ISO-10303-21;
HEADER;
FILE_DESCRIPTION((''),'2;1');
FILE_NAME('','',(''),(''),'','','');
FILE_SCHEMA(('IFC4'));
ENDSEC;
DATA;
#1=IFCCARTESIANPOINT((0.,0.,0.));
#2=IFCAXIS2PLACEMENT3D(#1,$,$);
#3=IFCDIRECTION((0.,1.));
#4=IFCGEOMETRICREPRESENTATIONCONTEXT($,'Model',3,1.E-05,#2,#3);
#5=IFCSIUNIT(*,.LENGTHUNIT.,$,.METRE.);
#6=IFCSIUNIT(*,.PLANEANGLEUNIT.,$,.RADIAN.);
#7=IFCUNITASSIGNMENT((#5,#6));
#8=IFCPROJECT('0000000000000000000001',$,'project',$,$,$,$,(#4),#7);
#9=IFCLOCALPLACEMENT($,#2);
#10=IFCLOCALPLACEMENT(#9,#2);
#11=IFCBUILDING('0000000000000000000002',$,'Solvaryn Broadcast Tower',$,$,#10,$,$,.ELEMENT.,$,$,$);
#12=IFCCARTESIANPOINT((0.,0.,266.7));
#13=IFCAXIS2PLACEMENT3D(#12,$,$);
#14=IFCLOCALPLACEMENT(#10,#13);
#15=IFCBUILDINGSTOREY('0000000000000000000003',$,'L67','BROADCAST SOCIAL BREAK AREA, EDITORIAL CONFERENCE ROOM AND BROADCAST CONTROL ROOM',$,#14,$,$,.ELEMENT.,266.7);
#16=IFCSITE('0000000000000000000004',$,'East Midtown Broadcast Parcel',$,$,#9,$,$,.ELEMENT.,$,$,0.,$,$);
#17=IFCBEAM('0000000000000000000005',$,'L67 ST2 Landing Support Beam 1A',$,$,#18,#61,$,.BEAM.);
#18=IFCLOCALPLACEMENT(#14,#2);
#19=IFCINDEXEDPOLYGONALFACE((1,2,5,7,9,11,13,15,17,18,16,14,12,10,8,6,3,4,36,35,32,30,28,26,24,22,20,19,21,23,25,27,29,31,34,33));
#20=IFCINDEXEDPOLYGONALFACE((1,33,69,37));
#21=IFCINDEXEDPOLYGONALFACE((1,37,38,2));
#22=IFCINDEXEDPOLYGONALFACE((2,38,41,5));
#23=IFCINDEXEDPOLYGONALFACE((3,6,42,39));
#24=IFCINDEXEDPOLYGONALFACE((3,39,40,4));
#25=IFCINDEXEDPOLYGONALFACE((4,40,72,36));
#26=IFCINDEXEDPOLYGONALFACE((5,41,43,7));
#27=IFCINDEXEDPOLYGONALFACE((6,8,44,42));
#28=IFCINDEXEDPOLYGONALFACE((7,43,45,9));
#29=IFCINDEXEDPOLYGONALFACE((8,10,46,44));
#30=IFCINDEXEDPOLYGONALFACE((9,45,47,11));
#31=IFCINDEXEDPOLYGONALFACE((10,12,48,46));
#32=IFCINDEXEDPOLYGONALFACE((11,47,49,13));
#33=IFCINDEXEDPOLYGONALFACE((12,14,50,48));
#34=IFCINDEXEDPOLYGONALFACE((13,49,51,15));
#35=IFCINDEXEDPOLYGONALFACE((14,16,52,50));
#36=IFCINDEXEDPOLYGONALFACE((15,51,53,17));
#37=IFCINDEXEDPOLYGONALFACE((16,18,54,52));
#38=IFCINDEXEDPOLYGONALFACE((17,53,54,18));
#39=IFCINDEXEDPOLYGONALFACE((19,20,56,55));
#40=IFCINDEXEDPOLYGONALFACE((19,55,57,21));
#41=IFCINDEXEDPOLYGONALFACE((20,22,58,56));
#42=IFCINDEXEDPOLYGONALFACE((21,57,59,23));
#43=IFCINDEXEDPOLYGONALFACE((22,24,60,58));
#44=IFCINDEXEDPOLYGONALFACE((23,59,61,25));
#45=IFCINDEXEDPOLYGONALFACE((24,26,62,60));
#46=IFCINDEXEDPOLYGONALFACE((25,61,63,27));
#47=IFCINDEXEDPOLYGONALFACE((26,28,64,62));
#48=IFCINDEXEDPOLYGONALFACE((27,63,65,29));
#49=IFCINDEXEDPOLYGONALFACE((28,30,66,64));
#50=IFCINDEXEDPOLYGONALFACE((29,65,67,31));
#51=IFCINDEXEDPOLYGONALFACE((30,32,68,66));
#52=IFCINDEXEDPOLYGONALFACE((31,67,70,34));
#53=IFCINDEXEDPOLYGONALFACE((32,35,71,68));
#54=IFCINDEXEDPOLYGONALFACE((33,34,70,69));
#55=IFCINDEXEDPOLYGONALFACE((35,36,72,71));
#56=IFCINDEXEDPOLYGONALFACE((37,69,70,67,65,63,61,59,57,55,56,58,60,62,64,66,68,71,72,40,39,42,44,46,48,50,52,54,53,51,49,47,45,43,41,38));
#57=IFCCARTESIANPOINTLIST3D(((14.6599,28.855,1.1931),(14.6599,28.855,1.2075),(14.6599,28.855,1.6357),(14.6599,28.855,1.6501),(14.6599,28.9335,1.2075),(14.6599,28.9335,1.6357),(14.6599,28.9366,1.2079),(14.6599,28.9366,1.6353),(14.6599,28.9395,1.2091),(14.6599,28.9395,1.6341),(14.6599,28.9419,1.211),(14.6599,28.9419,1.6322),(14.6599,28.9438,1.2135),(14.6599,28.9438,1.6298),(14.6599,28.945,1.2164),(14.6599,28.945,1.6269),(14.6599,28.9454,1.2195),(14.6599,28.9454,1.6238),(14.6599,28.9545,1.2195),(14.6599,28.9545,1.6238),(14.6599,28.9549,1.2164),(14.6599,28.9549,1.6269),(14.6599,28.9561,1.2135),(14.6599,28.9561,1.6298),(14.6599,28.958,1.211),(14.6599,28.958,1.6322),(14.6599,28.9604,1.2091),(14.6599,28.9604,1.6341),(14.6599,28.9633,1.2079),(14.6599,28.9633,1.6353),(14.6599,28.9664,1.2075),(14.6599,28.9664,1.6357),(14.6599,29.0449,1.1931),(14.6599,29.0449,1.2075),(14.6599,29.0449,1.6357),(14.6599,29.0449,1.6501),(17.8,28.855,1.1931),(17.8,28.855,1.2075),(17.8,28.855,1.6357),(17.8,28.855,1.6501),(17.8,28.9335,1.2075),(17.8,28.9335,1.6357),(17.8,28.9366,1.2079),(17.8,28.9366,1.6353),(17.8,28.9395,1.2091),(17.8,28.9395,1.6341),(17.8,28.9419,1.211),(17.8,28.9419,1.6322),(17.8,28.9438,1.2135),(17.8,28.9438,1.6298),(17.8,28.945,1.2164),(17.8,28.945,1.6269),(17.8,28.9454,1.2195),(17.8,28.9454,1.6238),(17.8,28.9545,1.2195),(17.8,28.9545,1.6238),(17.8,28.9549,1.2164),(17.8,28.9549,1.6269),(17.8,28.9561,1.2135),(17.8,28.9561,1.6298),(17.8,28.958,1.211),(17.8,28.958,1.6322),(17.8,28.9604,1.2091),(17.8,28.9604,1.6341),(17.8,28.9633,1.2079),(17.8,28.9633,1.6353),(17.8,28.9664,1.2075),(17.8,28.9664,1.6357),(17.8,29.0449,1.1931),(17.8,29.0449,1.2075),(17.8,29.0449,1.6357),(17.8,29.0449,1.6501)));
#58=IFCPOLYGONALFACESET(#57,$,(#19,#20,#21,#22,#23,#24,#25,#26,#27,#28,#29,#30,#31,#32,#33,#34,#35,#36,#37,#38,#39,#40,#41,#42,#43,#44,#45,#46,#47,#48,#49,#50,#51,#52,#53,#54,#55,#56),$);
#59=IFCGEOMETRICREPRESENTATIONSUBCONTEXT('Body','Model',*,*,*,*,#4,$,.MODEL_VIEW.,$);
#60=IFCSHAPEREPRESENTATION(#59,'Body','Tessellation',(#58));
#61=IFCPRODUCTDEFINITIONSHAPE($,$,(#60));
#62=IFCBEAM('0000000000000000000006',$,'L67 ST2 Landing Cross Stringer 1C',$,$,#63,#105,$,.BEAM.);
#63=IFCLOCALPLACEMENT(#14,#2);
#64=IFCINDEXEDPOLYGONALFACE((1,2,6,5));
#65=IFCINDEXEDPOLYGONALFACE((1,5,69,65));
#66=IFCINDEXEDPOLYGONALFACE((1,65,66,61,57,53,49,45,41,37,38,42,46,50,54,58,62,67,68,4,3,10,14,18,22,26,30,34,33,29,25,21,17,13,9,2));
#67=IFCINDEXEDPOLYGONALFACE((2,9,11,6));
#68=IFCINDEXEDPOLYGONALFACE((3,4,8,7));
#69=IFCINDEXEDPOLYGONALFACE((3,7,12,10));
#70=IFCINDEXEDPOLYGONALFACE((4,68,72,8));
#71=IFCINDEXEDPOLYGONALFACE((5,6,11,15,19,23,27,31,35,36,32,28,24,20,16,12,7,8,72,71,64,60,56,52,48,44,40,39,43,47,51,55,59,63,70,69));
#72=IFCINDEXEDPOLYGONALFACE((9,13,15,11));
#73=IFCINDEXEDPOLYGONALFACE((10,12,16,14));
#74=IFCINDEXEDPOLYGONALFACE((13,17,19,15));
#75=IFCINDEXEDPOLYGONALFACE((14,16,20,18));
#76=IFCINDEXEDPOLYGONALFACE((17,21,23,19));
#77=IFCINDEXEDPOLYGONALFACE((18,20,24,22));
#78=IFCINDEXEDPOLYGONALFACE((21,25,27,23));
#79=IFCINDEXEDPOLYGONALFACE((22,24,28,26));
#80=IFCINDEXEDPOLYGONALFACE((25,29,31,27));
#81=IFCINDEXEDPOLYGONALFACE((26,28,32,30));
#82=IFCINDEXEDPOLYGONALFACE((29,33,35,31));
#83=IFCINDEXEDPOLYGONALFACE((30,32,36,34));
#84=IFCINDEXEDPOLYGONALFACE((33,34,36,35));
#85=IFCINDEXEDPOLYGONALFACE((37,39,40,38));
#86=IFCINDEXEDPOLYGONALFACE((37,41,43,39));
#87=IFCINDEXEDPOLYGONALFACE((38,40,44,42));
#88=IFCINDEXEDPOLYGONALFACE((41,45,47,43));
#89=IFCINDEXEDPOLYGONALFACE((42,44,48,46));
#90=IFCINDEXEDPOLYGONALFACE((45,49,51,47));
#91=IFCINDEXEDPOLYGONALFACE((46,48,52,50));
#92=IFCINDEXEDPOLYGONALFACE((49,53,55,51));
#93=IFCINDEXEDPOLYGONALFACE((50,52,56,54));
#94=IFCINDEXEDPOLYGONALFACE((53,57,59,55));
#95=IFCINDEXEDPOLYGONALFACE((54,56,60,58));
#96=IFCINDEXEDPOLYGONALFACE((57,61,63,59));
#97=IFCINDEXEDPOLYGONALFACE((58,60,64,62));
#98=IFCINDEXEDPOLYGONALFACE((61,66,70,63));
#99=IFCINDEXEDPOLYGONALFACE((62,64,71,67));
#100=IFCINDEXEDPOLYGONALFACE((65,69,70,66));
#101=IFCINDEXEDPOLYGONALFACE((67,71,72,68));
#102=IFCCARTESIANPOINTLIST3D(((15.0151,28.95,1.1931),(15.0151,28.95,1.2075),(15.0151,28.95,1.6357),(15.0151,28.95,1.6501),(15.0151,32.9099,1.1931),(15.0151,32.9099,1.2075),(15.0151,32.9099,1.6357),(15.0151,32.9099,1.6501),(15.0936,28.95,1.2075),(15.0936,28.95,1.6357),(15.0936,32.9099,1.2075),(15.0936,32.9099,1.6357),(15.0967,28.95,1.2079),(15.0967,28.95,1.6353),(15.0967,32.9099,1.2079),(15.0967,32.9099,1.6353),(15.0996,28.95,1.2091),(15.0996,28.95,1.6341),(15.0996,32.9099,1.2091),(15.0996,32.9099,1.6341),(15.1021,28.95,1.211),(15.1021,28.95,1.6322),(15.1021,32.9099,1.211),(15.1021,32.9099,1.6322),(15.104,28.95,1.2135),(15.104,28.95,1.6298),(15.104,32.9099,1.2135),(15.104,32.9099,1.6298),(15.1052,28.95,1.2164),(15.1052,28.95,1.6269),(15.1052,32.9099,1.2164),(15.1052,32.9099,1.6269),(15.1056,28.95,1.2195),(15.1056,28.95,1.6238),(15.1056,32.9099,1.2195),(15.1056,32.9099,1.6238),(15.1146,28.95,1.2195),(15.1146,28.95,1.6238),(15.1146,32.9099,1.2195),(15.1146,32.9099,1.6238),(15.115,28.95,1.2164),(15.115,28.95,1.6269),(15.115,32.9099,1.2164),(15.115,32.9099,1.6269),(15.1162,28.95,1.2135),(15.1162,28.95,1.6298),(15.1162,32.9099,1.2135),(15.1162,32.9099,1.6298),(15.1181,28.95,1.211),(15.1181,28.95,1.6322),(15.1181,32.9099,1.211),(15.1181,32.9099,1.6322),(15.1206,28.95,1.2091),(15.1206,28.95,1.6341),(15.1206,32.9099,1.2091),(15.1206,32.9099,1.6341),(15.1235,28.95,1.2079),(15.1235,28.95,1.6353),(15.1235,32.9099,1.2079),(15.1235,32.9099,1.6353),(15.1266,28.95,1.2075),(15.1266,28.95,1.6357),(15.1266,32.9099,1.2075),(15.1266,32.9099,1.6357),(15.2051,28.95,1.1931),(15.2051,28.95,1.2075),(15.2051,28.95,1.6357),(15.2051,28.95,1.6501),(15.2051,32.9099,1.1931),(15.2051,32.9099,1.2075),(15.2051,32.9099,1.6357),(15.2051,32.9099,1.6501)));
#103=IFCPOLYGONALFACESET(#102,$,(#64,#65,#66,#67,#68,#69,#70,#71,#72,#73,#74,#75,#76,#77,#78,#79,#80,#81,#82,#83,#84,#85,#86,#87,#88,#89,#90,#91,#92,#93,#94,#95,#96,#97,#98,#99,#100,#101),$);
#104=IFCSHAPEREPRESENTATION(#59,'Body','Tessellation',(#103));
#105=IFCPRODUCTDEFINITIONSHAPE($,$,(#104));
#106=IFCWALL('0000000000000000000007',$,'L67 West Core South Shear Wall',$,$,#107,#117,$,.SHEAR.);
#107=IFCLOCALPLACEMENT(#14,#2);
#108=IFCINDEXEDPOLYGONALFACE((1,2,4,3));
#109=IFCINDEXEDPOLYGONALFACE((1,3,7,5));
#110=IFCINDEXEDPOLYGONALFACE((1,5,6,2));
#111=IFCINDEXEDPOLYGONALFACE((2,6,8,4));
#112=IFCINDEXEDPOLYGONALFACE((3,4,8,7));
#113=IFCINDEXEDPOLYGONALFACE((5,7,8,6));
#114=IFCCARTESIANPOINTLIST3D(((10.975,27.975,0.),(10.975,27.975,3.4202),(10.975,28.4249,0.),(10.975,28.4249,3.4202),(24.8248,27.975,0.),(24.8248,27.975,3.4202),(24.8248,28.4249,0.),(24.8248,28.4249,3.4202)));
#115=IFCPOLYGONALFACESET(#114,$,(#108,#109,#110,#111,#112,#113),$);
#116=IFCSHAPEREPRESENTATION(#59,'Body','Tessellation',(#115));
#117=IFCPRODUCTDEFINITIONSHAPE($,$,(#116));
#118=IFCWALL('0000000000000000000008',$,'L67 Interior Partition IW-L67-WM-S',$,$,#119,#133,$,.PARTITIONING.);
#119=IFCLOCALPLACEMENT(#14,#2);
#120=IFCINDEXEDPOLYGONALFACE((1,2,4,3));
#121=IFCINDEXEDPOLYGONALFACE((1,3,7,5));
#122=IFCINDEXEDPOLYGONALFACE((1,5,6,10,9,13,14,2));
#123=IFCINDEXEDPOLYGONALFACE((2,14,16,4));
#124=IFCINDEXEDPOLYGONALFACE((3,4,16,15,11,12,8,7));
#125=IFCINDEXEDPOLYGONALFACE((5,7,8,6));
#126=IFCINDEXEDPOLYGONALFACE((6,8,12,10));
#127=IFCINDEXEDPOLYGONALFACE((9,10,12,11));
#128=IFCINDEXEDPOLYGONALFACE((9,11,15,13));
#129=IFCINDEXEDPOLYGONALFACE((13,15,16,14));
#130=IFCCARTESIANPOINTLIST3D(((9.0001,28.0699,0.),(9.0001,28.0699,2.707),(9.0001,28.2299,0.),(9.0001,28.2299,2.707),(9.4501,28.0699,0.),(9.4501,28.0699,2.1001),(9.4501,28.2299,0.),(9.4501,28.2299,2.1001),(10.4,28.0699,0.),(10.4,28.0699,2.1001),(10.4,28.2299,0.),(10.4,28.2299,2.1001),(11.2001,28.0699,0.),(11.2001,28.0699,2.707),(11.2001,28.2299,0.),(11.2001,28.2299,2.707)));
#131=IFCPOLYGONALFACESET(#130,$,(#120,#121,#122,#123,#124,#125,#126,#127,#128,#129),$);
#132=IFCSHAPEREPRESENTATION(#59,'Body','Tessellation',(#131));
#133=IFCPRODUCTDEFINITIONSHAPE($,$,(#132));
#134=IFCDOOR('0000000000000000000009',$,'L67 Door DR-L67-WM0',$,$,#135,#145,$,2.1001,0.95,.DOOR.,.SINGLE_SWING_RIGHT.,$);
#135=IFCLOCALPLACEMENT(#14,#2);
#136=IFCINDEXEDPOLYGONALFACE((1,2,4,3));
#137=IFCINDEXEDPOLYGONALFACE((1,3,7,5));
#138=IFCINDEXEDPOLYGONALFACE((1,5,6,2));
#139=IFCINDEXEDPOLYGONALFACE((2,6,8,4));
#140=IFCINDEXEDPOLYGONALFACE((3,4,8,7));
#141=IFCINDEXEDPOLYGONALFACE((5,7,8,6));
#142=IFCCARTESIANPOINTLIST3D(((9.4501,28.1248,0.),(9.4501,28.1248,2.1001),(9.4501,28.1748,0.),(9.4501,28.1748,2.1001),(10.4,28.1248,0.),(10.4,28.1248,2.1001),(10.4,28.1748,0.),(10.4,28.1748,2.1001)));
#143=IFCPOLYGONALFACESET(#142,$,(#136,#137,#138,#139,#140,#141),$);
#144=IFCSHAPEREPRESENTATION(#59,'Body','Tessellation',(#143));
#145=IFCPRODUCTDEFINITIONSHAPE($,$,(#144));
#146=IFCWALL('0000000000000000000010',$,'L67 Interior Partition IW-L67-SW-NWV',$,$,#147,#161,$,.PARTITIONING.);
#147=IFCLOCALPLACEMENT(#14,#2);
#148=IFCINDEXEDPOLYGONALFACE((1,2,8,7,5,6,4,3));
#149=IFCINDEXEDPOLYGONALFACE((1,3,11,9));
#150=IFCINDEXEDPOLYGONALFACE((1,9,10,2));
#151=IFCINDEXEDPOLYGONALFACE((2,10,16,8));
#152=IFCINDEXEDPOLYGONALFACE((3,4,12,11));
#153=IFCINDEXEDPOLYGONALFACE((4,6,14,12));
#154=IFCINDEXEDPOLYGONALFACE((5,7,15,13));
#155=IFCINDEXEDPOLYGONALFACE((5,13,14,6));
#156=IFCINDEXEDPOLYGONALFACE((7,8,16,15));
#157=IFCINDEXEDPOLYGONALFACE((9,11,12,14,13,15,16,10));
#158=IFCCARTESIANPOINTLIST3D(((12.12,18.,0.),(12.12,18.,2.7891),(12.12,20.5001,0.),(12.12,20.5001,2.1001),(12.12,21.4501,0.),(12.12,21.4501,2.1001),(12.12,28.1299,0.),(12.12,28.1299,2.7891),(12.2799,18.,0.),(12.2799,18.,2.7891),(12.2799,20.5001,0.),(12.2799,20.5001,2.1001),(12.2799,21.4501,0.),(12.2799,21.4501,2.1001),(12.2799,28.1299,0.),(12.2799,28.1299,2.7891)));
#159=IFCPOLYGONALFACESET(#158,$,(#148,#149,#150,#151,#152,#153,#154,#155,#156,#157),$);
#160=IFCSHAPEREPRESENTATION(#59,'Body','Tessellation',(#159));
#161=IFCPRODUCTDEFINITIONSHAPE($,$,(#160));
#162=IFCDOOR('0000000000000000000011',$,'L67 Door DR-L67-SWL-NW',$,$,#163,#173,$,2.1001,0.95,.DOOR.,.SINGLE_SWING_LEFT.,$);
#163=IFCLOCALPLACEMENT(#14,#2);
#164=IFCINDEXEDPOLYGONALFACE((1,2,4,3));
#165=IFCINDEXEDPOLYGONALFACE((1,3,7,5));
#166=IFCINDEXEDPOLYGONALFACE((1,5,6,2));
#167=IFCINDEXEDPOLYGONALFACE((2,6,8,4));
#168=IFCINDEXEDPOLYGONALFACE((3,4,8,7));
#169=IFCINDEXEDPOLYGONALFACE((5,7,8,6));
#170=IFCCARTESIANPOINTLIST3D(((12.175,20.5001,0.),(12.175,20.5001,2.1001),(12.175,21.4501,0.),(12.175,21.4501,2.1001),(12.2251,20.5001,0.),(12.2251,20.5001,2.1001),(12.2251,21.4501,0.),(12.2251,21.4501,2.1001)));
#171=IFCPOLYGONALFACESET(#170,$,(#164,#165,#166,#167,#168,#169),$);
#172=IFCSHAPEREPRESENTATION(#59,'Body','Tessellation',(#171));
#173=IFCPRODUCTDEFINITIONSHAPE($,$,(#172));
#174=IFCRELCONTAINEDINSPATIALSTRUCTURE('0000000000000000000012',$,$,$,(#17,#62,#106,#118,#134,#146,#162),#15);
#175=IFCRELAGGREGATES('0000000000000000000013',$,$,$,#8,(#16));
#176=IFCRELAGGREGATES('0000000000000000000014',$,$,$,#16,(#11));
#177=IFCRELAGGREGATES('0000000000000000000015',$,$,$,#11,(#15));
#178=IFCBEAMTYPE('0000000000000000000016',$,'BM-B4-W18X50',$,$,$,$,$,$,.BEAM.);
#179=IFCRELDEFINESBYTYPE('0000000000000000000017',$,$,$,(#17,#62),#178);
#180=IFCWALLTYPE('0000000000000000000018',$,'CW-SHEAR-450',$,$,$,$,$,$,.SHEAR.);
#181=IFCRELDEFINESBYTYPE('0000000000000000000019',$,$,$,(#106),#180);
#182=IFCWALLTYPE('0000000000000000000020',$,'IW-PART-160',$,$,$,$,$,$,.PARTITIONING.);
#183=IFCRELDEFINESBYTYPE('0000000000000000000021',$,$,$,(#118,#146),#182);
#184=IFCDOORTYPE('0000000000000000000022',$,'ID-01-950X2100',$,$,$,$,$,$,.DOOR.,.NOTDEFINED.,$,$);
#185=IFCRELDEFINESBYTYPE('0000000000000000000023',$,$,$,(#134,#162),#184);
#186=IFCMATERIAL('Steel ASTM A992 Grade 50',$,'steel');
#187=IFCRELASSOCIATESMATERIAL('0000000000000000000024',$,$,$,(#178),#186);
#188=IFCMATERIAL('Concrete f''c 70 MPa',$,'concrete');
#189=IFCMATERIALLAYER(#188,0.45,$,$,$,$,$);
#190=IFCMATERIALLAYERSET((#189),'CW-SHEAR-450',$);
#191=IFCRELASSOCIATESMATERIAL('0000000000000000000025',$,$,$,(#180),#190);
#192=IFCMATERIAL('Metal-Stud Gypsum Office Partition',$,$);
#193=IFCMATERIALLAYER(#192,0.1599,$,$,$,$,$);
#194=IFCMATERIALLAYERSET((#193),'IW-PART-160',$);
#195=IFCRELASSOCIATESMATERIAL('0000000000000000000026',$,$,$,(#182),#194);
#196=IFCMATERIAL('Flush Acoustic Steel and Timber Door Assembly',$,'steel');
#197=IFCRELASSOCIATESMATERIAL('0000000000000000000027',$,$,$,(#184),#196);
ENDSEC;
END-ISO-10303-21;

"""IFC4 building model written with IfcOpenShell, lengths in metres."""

from ifc_helpers import new_model, si_unit, direction, frame, frame_2d, origin, origin_2d, place, context, subcontext, project, spatial, rectangle, i_section, extrude, material, layer, layer_set, material_profile, profile_set, type_object, element, fill, save


model = new_model("IFC4")

# Units and contexts
model_context = context("Model", 3, precision=1e-05, world=origin(), true_north=direction((0.0, 1.0)))
body_context = subcontext(model_context, "Body", "Model", "MODEL_VIEW")
ifc_project = project(units=[si_unit("LENGTHUNIT", "METRE"), si_unit("PLANEANGLEUNIT", "RADIAN")], contexts=[model_context])

# Site, building, storey
site_placement = place(None, origin())
site = spatial("IfcSite", under=ifc_project, at=site_placement, Name="East Midtown Broadcast Parcel", CompositionType="ELEMENT", RefElevation=0.0)
building_placement = place(site_placement, origin())
building = spatial("IfcBuilding", under=site, at=building_placement, Name="Solvaryn Broadcast Tower", CompositionType="ELEMENT")
storey_placement = place(building_placement, frame((0.0, 0.0, 266.7)))
storey = spatial("IfcBuildingStorey", under=building, at=storey_placement, Name="L67", Description="BROADCAST SOCIAL BREAK AREA, EDITORIAL CONFERENCE ROOM AND BROADCAST CONTROL ROOM", CompositionType="ELEMENT", Elevation=266.7)

# Beams
ifc_material_1 = material(Name="Steel ASTM A992 Grade 50", Category="steel")
ifc_material_profile_1 = material_profile(ifc_material_1, i_section(OverallWidth=0.1899, OverallDepth=0.457, WebThickness=0.009, FlangeThickness=0.0144, FilletRadius=0.012, at=origin_2d()))
ifc_profile_set_1 = profile_set([ifc_material_profile_1], Name="Steel ASTM A992 Grade 50")
beam_type_1 = type_object("IfcBeamType", Name="BM-B4-W18X50", PredefinedType="BEAM", material=ifc_profile_set_1)
beam_1_placement = place(storey_placement, frame((14.6599, 28.95, 1.4216), z_axis=(1.0, 0.0, 0.0), x_axis=(0.0, 1.0, 0.0)))
element("IfcBeam", 1, at=beam_1_placement, inside=storey, type_object=beam_type_1, Name="L67 ST2 Landing Support Beam 1A", PredefinedType="BEAM", context=body_context, shape_type="SweptSolid", body=[
    extrude(i_section(OverallWidth=0.1899, OverallDepth=0.457, WebThickness=0.009, FlangeThickness=0.0144, FilletRadius=0.012, at=origin_2d()), origin(), (0.0, 0.0, 1.0), 3.1401),
])
beam_2_placement = place(storey_placement, frame((15.1101, 28.95, 1.4216), z_axis=(0.0, 1.0, 0.0), x_axis=(-1.0, 0.0, 0.0)))
element("IfcBeam", 2, at=beam_2_placement, inside=storey, type_object=beam_type_1, Name="L67 ST2 Landing Cross Stringer 1C", PredefinedType="BEAM", context=body_context, shape_type="SweptSolid", body=[
    extrude(i_section(OverallWidth=0.1899, OverallDepth=0.457, WebThickness=0.009, FlangeThickness=0.0144, FilletRadius=0.012, at=origin_2d()), origin(), (0.0, 0.0, 1.0), 3.96),
])

# Wall
ifc_material_2 = material(Name="Concrete f'c 70 MPa", Category="concrete")
ifc_layer_1 = layer(ifc_material_2, 0.45)
ifc_layer_set_1 = layer_set([ifc_layer_1], Name="CW-SHEAR-450")
wall_type_1 = type_object("IfcWallType", Name="CW-SHEAR-450", PredefinedType="SHEAR", material=ifc_layer_set_1)
wall_1_placement = place(storey_placement, frame((10.9751, 28.2, 0.0), z_axis=(0.0, 0.0, 1.0), x_axis=(1.0, 0.0, 0.0)))
element("IfcWall", 3, at=wall_1_placement, inside=storey, type_object=wall_type_1, Name="L67 West Core South Shear Wall", PredefinedType="SHEAR", context=body_context, shape_type="SweptSolid", body=[
    extrude(rectangle(XDim=13.8499, YDim=0.45, at=frame_2d((6.9248, 0.0))), origin(), (0.0, 0.0, 1.0), 3.4202),
])

# Walls, openings, doors
ifc_material_3 = material(Name="Metal-Stud Gypsum Office Partition")
ifc_layer_2 = layer(ifc_material_3, 0.1599)
ifc_layer_set_2 = layer_set([ifc_layer_2], Name="IW-PART-160")
wall_type_2 = type_object("IfcWallType", Name="IW-PART-160", PredefinedType="PARTITIONING", material=ifc_layer_set_2)
wall_2_placement = place(storey_placement, frame((9.0, 28.1499, 0.0), z_axis=(0.0, 0.0, 1.0), x_axis=(1.0, 0.0, 0.0)))
wall_2 = element("IfcWall", 4, at=wall_2_placement, inside=storey, type_object=wall_type_2, Name="L67 Interior Partition IW-L67-WM-S", PredefinedType="PARTITIONING", context=body_context, shape_type="SweptSolid", body=[
    extrude(rectangle(XDim=2.2, YDim=0.1599, at=frame_2d((1.1001, 0.0))), origin(), (0.0, 0.0, 1.0), 2.707),
])
opening_1_placement = place(wall_2_placement, frame((0.45, 0.0, 0.0)))
opening_1 = element("IfcOpeningElement", 5, at=opening_1_placement, cuts=wall_2, PredefinedType="OPENING", context=body_context, shape_type="SweptSolid", body=[
    extrude(rectangle(XDim=0.95, YDim=2.1001, at=frame_2d((0.4751, 1.05))), frame((0.0, 0.0901, 0.0), z_axis=(0.0, -1.0, 0.0), x_axis=(1.0, 0.0, 0.0)), (0.0, 0.0, 1.0), 0.1799),
])
ifc_material_4 = material(Name="Flush Acoustic Steel and Timber Door Assembly", Category="steel")
door_type = type_object("IfcDoorType", Name="ID-01-950X2100", OperationType="NOTDEFINED", PredefinedType="DOOR", material=ifc_material_4)
door_1_placement = place(opening_1_placement, origin())
door_1 = element("IfcDoor", 6, at=door_1_placement, inside=storey, type_object=door_type, Name="L67 Door DR-L67-WM0", OperationType="SINGLE_SWING_RIGHT", OverallHeight=2.1001, OverallWidth=0.95, PredefinedType="DOOR", context=body_context, shape_type="SweptSolid", body=[
    extrude(rectangle(XDim=0.95, YDim=2.1001, at=frame_2d((0.4751, 1.05))), frame((0.0, 0.0249, 0.0), z_axis=(0.0, -1.0, 0.0), x_axis=(1.0, 0.0, 0.0)), (0.0, 0.0, 1.0), 0.05),
])
fill(opening_1, door_1)
wall_3_placement = place(storey_placement, frame((12.2, 18.0, 0.0), z_axis=(0.0, 0.0, 1.0), x_axis=(0.0, 1.0, 0.0)))
wall_3 = element("IfcWall", 7, at=wall_3_placement, inside=storey, type_object=wall_type_2, Name="L67 Interior Partition IW-L67-SW-NWV", PredefinedType="PARTITIONING", context=body_context, shape_type="SweptSolid", body=[
    extrude(rectangle(XDim=10.1299, YDim=0.1599, at=frame_2d((5.0649, 0.0))), origin(), (0.0, 0.0, 1.0), 2.7891),
])
opening_2_placement = place(wall_3_placement, frame((2.5, 0.0, 0.0)))
opening_2 = element("IfcOpeningElement", 8, at=opening_2_placement, cuts=wall_3, PredefinedType="OPENING", context=body_context, shape_type="SweptSolid", body=[
    extrude(rectangle(XDim=0.95, YDim=2.1001, at=frame_2d((0.4751, 1.05))), frame((0.0, 0.0901, 0.0), z_axis=(0.0, -1.0, 0.0), x_axis=(1.0, 0.0, 0.0)), (0.0, 0.0, 1.0), 0.1799),
])
door_2_placement = place(opening_2_placement, origin())
door_2 = element("IfcDoor", 9, at=door_2_placement, inside=storey, type_object=door_type, Name="L67 Door DR-L67-SWL-NW", OperationType="SINGLE_SWING_LEFT", OverallHeight=2.1001, OverallWidth=0.95, PredefinedType="DOOR", context=body_context, shape_type="SweptSolid", body=[
    extrude(rectangle(XDim=0.95, YDim=2.1001, at=frame_2d((0.4751, 1.05))), frame((0.0, 0.0249, 0.0), z_axis=(0.0, -1.0, 0.0), x_axis=(1.0, 0.0, 0.0)), (0.0, 0.0, 1.0), 0.05),
])
fill(opening_2, door_2)

save(model, "model.ifc")
